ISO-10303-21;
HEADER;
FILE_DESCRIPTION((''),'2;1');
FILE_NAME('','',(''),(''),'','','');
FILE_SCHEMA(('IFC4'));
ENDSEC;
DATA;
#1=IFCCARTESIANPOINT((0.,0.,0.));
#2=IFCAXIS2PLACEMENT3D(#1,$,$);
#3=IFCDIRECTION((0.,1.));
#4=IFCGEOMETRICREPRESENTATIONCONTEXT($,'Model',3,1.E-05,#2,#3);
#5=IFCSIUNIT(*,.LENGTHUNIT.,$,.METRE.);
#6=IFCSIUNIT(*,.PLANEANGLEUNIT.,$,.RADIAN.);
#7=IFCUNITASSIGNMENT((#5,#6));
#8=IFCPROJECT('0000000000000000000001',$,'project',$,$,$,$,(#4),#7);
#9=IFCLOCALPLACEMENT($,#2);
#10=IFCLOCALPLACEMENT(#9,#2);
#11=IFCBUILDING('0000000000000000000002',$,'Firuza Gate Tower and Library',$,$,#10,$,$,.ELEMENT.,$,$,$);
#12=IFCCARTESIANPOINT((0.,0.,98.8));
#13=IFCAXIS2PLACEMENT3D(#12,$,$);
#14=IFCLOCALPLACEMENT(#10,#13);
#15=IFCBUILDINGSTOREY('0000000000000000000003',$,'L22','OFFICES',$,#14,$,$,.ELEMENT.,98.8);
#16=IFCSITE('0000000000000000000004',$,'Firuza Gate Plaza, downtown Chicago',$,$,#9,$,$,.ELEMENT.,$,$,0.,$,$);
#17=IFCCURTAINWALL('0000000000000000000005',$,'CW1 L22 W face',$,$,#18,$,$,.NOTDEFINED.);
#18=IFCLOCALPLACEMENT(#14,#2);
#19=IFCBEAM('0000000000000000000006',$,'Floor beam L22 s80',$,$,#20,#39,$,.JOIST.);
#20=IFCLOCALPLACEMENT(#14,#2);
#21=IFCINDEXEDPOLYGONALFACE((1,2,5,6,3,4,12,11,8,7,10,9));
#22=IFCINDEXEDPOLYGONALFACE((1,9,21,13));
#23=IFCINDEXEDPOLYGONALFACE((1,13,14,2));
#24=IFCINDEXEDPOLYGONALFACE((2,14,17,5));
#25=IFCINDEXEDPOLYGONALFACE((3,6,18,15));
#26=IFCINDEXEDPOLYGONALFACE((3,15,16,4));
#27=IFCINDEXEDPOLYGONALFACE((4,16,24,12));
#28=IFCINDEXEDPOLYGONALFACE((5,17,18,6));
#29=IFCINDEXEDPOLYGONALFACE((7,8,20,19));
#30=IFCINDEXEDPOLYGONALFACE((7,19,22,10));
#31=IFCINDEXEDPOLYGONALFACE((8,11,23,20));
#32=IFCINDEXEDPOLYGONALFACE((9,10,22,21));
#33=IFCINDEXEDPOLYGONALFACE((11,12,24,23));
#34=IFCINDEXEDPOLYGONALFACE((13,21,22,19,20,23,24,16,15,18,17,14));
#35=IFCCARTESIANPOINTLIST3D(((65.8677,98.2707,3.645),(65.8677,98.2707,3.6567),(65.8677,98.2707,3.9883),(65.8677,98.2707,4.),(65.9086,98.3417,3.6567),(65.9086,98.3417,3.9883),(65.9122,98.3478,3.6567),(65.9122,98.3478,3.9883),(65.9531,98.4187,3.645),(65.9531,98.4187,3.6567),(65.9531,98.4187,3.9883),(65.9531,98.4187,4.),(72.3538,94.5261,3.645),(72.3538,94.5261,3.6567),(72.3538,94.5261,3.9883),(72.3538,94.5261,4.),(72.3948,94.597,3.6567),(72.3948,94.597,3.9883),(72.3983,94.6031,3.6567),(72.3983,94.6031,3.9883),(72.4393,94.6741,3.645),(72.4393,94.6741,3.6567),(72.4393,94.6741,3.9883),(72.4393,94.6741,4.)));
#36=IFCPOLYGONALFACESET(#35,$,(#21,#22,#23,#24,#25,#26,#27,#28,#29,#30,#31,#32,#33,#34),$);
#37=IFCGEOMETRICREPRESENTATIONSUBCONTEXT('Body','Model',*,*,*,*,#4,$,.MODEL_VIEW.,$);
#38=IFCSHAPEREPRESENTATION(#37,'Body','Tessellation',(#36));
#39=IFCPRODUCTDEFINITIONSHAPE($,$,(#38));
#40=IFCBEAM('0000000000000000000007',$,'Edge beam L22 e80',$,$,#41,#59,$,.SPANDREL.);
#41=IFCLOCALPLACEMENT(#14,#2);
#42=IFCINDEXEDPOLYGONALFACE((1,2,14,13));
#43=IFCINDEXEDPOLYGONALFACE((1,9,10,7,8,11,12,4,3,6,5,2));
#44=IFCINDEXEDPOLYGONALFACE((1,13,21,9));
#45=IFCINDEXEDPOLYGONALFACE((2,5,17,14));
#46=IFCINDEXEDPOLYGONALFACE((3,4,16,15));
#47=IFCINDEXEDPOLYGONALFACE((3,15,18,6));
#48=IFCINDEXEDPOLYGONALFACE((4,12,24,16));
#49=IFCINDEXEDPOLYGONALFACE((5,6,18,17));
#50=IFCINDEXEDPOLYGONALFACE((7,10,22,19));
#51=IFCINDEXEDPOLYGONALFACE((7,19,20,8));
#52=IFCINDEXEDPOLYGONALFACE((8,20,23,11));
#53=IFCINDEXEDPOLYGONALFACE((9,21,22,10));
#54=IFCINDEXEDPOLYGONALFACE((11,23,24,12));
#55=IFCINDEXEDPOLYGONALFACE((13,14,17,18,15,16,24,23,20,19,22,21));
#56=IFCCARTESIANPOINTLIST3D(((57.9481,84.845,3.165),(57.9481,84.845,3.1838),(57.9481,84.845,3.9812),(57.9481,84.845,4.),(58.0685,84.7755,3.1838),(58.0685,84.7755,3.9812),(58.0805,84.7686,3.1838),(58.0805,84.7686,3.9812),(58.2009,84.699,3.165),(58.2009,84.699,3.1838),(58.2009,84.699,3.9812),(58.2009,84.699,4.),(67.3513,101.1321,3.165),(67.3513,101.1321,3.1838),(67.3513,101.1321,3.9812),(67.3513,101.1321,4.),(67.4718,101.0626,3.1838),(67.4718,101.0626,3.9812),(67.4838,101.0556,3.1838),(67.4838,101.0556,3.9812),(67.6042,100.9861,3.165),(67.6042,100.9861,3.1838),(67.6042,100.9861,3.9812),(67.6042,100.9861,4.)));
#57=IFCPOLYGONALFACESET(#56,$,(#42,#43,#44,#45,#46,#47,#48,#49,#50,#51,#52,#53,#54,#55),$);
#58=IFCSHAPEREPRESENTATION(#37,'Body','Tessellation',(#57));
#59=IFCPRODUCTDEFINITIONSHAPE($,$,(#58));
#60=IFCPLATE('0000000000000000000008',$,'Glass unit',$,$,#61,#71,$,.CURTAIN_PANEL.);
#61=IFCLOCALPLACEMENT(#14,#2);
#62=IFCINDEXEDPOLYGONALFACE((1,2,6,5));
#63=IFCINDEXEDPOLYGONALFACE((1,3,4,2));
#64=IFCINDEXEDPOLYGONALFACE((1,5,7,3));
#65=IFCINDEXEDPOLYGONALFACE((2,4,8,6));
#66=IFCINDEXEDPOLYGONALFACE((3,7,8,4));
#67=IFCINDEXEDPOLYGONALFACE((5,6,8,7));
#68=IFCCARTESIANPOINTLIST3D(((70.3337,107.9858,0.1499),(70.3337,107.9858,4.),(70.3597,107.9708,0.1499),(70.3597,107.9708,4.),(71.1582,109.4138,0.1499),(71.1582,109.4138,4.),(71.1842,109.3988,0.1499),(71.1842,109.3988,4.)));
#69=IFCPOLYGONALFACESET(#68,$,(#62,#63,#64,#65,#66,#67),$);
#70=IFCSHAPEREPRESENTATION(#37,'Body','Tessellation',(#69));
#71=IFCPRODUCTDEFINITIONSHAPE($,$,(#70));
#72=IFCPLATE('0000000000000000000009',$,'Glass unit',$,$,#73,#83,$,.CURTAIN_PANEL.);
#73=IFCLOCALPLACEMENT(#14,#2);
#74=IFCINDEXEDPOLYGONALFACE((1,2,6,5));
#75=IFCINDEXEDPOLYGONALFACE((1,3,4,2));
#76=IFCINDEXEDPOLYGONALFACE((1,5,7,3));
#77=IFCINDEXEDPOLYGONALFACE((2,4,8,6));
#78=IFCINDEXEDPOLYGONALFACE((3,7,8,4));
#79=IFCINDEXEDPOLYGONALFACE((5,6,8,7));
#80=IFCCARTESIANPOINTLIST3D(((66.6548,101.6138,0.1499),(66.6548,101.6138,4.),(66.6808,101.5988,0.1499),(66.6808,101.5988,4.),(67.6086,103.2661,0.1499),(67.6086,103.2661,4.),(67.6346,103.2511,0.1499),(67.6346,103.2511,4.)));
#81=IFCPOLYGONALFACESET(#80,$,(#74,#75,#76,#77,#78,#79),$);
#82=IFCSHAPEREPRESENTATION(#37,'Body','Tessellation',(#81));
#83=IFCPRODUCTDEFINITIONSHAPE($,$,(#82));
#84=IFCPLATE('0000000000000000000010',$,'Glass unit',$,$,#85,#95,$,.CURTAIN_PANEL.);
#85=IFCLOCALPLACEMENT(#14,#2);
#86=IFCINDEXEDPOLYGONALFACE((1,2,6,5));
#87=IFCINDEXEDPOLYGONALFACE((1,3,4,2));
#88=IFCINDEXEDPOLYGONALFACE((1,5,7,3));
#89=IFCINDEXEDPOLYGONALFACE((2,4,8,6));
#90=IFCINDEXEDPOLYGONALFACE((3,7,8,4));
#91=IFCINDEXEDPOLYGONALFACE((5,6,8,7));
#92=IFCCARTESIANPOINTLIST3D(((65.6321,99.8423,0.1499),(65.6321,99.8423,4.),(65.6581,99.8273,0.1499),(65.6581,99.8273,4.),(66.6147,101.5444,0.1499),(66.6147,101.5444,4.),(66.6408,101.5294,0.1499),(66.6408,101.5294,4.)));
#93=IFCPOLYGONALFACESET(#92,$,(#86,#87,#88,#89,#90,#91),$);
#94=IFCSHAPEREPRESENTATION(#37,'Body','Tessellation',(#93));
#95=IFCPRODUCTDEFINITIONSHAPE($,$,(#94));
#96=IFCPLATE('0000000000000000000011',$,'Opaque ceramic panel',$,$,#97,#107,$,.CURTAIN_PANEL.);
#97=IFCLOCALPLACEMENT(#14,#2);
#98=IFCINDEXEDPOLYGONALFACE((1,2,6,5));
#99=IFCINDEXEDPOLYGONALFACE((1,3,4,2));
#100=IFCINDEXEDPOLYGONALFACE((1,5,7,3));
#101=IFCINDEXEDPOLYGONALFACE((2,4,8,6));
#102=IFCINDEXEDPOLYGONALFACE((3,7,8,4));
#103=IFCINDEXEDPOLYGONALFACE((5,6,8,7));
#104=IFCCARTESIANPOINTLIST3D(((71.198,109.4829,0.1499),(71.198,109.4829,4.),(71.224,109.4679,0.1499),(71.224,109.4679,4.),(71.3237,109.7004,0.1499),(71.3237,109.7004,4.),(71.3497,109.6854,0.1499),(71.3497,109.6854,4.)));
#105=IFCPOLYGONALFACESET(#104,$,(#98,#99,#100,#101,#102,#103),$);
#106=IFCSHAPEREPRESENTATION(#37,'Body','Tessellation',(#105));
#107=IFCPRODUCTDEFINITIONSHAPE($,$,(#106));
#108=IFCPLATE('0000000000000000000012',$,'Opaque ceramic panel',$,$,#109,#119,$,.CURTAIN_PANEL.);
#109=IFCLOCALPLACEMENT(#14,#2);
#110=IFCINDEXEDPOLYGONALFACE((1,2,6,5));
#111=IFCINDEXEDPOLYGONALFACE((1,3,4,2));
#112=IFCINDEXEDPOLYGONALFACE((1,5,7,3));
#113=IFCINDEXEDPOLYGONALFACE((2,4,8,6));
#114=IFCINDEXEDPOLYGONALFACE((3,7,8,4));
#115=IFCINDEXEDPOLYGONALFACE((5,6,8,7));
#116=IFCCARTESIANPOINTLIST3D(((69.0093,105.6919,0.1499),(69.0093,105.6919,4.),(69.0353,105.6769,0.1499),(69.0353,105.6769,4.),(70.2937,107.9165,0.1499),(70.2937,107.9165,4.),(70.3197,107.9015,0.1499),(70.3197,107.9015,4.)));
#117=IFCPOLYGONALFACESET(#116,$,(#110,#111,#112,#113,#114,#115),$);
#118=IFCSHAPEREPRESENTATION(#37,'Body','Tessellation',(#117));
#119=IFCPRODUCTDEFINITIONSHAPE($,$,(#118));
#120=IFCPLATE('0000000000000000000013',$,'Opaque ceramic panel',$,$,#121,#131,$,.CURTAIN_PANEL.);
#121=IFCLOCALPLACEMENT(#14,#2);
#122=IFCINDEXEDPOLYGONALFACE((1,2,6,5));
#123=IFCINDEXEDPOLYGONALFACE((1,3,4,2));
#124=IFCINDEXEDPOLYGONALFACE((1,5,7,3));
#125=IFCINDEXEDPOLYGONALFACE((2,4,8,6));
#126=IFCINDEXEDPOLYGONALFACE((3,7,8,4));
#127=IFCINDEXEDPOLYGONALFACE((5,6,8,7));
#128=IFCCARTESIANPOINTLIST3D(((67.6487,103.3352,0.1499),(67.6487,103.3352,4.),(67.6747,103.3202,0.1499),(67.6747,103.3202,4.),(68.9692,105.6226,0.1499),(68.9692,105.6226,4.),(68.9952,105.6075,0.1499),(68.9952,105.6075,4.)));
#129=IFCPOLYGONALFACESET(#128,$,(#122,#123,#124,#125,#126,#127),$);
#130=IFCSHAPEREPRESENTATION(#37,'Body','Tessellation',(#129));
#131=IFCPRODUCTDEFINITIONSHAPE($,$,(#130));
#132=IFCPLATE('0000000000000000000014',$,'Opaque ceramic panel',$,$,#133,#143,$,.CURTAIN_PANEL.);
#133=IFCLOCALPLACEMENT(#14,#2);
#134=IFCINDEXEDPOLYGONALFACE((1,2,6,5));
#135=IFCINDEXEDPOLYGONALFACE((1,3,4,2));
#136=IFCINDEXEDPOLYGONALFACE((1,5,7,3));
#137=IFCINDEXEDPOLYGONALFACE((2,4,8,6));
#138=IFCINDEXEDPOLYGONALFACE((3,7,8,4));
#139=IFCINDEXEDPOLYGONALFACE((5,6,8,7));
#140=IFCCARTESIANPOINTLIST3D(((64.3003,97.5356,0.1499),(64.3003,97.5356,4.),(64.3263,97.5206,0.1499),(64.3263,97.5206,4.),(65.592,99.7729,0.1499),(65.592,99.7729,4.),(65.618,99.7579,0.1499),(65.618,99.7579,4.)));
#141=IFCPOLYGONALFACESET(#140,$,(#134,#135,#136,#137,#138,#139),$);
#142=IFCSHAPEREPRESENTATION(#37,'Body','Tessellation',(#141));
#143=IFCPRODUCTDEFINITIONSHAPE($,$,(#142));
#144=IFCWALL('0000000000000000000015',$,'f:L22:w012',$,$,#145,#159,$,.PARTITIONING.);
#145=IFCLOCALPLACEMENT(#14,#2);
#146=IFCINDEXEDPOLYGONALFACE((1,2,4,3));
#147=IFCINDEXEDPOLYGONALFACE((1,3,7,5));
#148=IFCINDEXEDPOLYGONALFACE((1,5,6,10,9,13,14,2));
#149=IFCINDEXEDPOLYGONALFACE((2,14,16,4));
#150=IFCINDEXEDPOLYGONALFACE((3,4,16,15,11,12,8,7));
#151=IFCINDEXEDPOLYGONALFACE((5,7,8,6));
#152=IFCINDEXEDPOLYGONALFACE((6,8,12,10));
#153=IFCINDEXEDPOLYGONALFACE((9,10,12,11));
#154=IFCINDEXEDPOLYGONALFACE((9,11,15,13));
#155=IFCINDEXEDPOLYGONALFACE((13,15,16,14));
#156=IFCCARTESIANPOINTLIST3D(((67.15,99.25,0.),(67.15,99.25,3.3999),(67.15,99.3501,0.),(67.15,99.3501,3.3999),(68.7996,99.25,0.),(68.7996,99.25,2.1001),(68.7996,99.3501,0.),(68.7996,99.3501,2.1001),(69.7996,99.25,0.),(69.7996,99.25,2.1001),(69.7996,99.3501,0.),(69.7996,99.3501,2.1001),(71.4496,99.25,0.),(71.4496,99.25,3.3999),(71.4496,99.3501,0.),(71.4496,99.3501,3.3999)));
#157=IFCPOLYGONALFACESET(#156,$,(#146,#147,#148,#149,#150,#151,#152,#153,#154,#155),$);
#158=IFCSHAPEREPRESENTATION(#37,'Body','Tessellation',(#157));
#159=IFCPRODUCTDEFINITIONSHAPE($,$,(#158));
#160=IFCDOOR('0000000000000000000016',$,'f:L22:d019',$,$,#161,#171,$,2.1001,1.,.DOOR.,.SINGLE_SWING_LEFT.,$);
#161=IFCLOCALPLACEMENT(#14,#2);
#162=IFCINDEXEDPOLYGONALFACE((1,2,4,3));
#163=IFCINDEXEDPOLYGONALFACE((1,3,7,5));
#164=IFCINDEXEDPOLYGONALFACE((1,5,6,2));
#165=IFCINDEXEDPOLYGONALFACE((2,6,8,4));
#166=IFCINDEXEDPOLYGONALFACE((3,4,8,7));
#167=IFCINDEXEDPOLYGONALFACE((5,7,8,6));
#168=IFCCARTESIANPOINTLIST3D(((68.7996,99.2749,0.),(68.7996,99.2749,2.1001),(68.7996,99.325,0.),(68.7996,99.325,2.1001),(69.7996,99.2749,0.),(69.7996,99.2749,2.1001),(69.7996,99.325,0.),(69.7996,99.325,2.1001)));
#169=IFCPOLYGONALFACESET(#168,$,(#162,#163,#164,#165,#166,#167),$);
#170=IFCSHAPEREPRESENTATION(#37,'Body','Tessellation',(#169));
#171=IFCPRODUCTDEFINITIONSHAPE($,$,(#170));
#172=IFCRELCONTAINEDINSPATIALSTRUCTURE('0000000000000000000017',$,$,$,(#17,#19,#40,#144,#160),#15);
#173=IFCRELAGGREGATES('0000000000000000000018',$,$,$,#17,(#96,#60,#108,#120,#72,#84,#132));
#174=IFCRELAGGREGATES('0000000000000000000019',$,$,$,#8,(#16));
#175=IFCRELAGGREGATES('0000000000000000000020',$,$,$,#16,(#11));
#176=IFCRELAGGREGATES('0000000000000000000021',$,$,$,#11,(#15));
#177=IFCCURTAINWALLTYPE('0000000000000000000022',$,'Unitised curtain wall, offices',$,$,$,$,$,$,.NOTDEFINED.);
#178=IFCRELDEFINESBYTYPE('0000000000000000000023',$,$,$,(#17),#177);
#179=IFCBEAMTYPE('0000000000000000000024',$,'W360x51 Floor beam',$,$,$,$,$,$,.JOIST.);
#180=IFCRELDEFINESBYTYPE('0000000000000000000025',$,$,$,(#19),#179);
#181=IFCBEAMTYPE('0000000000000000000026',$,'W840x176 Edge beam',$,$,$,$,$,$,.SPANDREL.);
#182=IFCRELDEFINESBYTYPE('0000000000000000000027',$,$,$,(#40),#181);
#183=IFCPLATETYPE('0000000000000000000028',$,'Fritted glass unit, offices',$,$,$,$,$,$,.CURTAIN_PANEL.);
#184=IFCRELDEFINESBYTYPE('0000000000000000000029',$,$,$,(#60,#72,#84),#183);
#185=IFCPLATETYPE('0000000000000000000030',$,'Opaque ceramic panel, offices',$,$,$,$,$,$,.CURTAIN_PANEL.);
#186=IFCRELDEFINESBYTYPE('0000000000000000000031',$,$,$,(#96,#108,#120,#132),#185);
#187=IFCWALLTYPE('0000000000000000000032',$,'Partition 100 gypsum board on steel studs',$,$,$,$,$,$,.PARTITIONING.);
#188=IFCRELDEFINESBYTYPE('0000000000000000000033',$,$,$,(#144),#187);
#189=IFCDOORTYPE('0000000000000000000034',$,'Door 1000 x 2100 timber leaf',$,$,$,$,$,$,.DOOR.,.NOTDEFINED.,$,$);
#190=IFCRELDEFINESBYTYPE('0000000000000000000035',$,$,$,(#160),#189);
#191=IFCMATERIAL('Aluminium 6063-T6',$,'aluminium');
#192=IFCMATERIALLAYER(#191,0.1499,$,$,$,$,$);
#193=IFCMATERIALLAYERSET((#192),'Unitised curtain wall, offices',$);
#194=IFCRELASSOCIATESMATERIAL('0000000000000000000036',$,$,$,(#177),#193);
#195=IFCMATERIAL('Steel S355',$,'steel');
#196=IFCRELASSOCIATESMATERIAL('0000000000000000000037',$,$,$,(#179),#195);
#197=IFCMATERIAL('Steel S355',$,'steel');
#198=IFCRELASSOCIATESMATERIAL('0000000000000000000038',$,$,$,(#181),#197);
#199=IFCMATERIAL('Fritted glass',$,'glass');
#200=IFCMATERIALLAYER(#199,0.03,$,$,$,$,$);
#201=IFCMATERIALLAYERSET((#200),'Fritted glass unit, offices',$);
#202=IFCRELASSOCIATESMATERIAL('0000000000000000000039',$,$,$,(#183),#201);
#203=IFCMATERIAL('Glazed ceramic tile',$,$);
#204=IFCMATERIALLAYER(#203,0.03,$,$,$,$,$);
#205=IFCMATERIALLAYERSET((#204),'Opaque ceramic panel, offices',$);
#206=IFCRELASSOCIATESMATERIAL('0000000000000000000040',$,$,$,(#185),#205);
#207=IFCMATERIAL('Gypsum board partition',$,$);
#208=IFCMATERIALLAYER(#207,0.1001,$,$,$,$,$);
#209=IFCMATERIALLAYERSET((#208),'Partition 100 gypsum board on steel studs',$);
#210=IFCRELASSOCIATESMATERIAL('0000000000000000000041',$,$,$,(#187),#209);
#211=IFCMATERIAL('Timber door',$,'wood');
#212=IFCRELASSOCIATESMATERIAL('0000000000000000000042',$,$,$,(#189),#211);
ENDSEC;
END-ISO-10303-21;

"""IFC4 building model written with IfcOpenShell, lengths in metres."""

from ifc_helpers import new_model, si_unit, direction, frame, frame_2d, origin, origin_2d, place, context, subcontext, project, spatial, polyline, rectangle, i_section, outline, extrude, material, layer, layer_set, material_profile, profile_set, type_object, element, fill, aggregate, save


model = new_model("IFC4")

# Units and contexts
model_context = context("Model", 3, precision=1e-05, world=origin(), true_north=direction((0.0, 1.0)))
body_context = subcontext(model_context, "Body", "Model", "MODEL_VIEW")
ifc_project = project(units=[si_unit("LENGTHUNIT", "METRE"), si_unit("PLANEANGLEUNIT", "RADIAN")], contexts=[model_context])

# Site, building, storey
site_placement = place(None, origin())
site = spatial("IfcSite", under=ifc_project, at=site_placement, Name="Firuza Gate Plaza, downtown Chicago", CompositionType="ELEMENT", RefElevation=0.0)
building_placement = place(site_placement, origin())
building = spatial("IfcBuilding", under=site, at=building_placement, Name="Firuza Gate Tower and Library", CompositionType="ELEMENT")
storey_placement = place(building_placement, frame((0.0, 0.0, 98.8)))
storey = spatial("IfcBuildingStorey", under=building, at=storey_placement, Name="L22", Description="OFFICES", CompositionType="ELEMENT", Elevation=98.8)

# Curtain wall
ifc_material_1 = material(Name="Aluminium 6063-T6", Category="aluminium")
ifc_layer_1 = layer(ifc_material_1, 0.1499)
ifc_layer_set_1 = layer_set([ifc_layer_1], Name="Unitised curtain wall, offices")
curtain_wall_type = type_object("IfcCurtainWallType", Name="Unitised curtain wall, offices", PredefinedType="NOTDEFINED", material=ifc_layer_set_1)
curtain_wall_placement = place(storey_placement, origin())
curtain_wall = element("IfcCurtainWall", 1, at=curtain_wall_placement, inside=storey, type_object=curtain_wall_type, Name="CW1 L22 W face", PredefinedType="NOTDEFINED")

# Beams
ifc_material_2 = material(Name="Steel S355", Category="steel")
ifc_material_profile_1 = material_profile(ifc_material_2, i_section(OverallWidth=0.1709, OverallDepth=0.355, WebThickness=0.0071, FlangeThickness=0.0117, at=origin_2d()))
ifc_profile_set_1 = profile_set([ifc_material_profile_1], Name="Steel S355")
beam_type_1 = type_object("IfcBeamType", Name="W360x51 Floor beam", PredefinedType="JOIST", material=ifc_profile_set_1)
beam_1_placement = place(storey_placement, frame((65.9104, 98.3447, 3.8225), z_axis=(0.866032, -0.499989, 0.0), x_axis=(0.499989, 0.866032, 0.0)))
element("IfcBeam", 2, at=beam_1_placement, inside=storey, type_object=beam_type_1, Name="Floor beam L22 s80", PredefinedType="JOIST", context=body_context, shape_type="SweptSolid", body=[
    extrude(i_section(OverallWidth=0.1709, OverallDepth=0.355, WebThickness=0.0071, FlangeThickness=0.0117, at=origin_2d()), origin(), (0.0, 0.0, 1.0), 7.4895),
])
ifc_material_3 = material(Name="Steel S355", Category="steel")
ifc_material_profile_2 = material_profile(ifc_material_3, i_section(OverallWidth=0.292, OverallDepth=0.835, WebThickness=0.0139, FlangeThickness=0.0188, at=origin_2d()))
ifc_profile_set_2 = profile_set([ifc_material_profile_2], Name="Steel S355")
beam_type_2 = type_object("IfcBeamType", Name="W840x176 Edge beam", PredefinedType="SPANDREL", material=ifc_profile_set_2)
beam_2_placement = place(storey_placement, frame((67.4778, 101.0591, 3.5825), z_axis=(-0.499998, -0.866026, 0.0), x_axis=(0.866026, -0.499998, 0.0)))
element("IfcBeam", 3, at=beam_2_placement, inside=storey, type_object=beam_type_2, Name="Edge beam L22 e80", PredefinedType="SPANDREL", context=body_context, shape_type="SweptSolid", body=[
    extrude(i_section(OverallWidth=0.292, OverallDepth=0.835, WebThickness=0.0139, FlangeThickness=0.0188, at=origin_2d()), origin(), (0.0, 0.0, 1.0), 18.8066),
])

# Plates
ifc_material_4 = material(Name="Fritted glass", Category="glass")
ifc_layer_2 = layer(ifc_material_4, 0.03)
ifc_layer_set_2 = layer_set([ifc_layer_2], Name="Fritted glass unit, offices")
plate_type_1 = type_object("IfcPlateType", Name="Fritted glass unit, offices", PredefinedType="CURTAIN_PANEL", material=ifc_layer_set_2)
plate_1_placement = place(storey_placement, frame((71.1582, 109.4138, 0.1499), z_axis=(-0.86602, 0.500009, 0.0), x_axis=(-0.500009, -0.86602, 0.0)))
plate_1 = element("IfcPlate", 4, at=plate_1_placement, type_object=plate_type_1, Name="Glass unit", PredefinedType="CURTAIN_PANEL", context=body_context, shape_type="SweptSolid", body=[
    extrude(outline(polyline([(0.0, 0.0), (1.6489, 0.0), (1.6489, 3.8501), (0.0, 3.8501), (0.0, 0.0)])), origin(), (0.0, 0.0, -1.0), 0.03),
])
plate_2_placement = place(storey_placement, frame((67.6086, 103.2661, 0.1499), z_axis=(-0.866053, 0.499951, 0.0), x_axis=(-0.499951, -0.866053, 0.0)))
plate_2 = element("IfcPlate", 5, at=plate_2_placement, type_object=plate_type_1, Name="Glass unit", PredefinedType="CURTAIN_PANEL", context=body_context, shape_type="SweptSolid", body=[
    extrude(outline(polyline([(0.0, 0.0), (1.9079, 0.0), (1.9079, 3.8501), (0.0, 3.8501), (0.0, 0.0)])), origin(), (0.0, 0.0, -1.0), 0.03),
])
plate_3_placement = place(storey_placement, frame((66.6147, 101.5444, 0.1499), z_axis=(-0.866041, 0.499973, 0.0), x_axis=(-0.499973, -0.866041, 0.0)))
plate_3 = element("IfcPlate", 6, at=plate_3_placement, type_object=plate_type_1, Name="Glass unit", PredefinedType="CURTAIN_PANEL", context=body_context, shape_type="SweptSolid", body=[
    extrude(outline(polyline([(0.0, 0.0), (1.9654, 0.0), (1.9654, 3.8501), (0.0, 3.8501), (0.0, 0.0)])), origin(), (0.0, 0.0, -1.0), 0.03),
])
ifc_material_5 = material(Name="Glazed ceramic tile")
ifc_layer_3 = layer(ifc_material_5, 0.03)
ifc_layer_set_3 = layer_set([ifc_layer_3], Name="Opaque ceramic panel, offices")
plate_type_2 = type_object("IfcPlateType", Name="Opaque ceramic panel, offices", PredefinedType="CURTAIN_PANEL", material=ifc_layer_set_3)
plate_4_placement = place(storey_placement, frame((71.3237, 109.7004, 0.1499), z_axis=(-0.865781, 0.500423, 0.0), x_axis=(-0.500423, -0.865781, 0.0)))
plate_4 = element("IfcPlate", 7, at=plate_4_placement, type_object=plate_type_2, Name="Opaque ceramic panel", PredefinedType="CURTAIN_PANEL", context=body_context, shape_type="SweptSolid", body=[
    extrude(outline(polyline([(0.0, 0.0), (0.2513, 0.0), (0.2513, 3.8501), (0.0, 3.8501), (0.0, 0.0)])), origin(), (0.0, 0.0, -1.0), 0.03),
])
plate_5_placement = place(storey_placement, frame((70.2937, 107.9165, 0.1499), z_axis=(-0.866018, 0.500013, 0.0), x_axis=(-0.500013, -0.866018, 0.0)))
plate_5 = element("IfcPlate", 8, at=plate_5_placement, type_object=plate_type_2, Name="Opaque ceramic panel", PredefinedType="CURTAIN_PANEL", context=body_context, shape_type="SweptSolid", body=[
    extrude(outline(polyline([(0.0, 0.0), (2.5688, 0.0), (2.5688, 3.8501), (0.0, 3.8501), (0.0, 0.0)])), origin(), (0.0, 0.0, -1.0), 0.03),
])
plate_6_placement = place(storey_placement, frame((68.9692, 105.6226, 0.1499), z_axis=(-0.866033, 0.499987, 0.0), x_axis=(-0.499987, -0.866033, 0.0)))
plate_6 = element("IfcPlate", 9, at=plate_6_placement, type_object=plate_type_2, Name="Opaque ceramic panel", PredefinedType="CURTAIN_PANEL", context=body_context, shape_type="SweptSolid", body=[
    extrude(outline(polyline([(0.0, 0.0), (2.6412, 0.0), (2.6412, 3.8501), (0.0, 3.8501), (0.0, 0.0)])), origin(), (0.0, 0.0, -1.0), 0.03),
])
plate_7_placement = place(storey_placement, frame((65.592, 99.7729, 0.1499), z_axis=(-0.866019, 0.500011, 0.0), x_axis=(-0.500011, -0.866019, 0.0)))
plate_7 = element("IfcPlate", 10, at=plate_7_placement, type_object=plate_type_2, Name="Opaque ceramic panel", PredefinedType="CURTAIN_PANEL", context=body_context, shape_type="SweptSolid", body=[
    extrude(outline(polyline([(0.0, 0.0), (2.5834, 0.0), (2.5834, 3.8501), (0.0, 3.8501), (0.0, 0.0)])), origin(), (0.0, 0.0, -1.0), 0.03),
])
aggregate(curtain_wall, [plate_4, plate_1, plate_5, plate_6, plate_2, plate_3, plate_7])

# Wall, opening, door
ifc_material_6 = material(Name="Gypsum board partition")
ifc_layer_4 = layer(ifc_material_6, 0.1001)
ifc_layer_set_4 = layer_set([ifc_layer_4], Name="Partition 100 gypsum board on steel studs")
wall_type = type_object("IfcWallType", Name="Partition 100 gypsum board on steel studs", PredefinedType="PARTITIONING", material=ifc_layer_set_4)
wall_1_placement = place(storey_placement, frame((67.1499, 99.3, 0.0), z_axis=(0.0, 0.0, 1.0), x_axis=(1.0, 0.0, 0.0)))
wall_1 = element("IfcWall", 11, at=wall_1_placement, inside=storey, type_object=wall_type, Name="f:L22:w012", PredefinedType="PARTITIONING", context=body_context, shape_type="SweptSolid", body=[
    extrude(rectangle(XDim=4.2996, YDim=0.1001, at=frame_2d((2.1499, 0.0))), origin(), (0.0, 0.0, 1.0), 3.3999),
])
opening_placement = place(wall_1_placement, frame((1.6497, 0.0, 0.0)))
opening = element("IfcOpeningElement", 12, at=opening_placement, cuts=wall_1, PredefinedType="OPENING", context=body_context, shape_type="SweptSolid", body=[
    extrude(rectangle(XDim=1.0, YDim=2.1001, at=frame_2d((0.5, 1.05))), frame((0.0, 0.0601, 0.0), z_axis=(0.0, -1.0, 0.0), x_axis=(1.0, 0.0, 0.0)), (0.0, 0.0, 1.0), 0.1201),
])
ifc_material_7 = material(Name="Timber door", Category="wood")
door_type = type_object("IfcDoorType", Name="Door 1000 x 2100 timber leaf", OperationType="NOTDEFINED", PredefinedType="DOOR", material=ifc_material_7)
door_placement = place(opening_placement, origin())
door = element("IfcDoor", 13, at=door_placement, inside=storey, type_object=door_type, Name="f:L22:d019", OperationType="SINGLE_SWING_LEFT", OverallHeight=2.1001, OverallWidth=1.0, PredefinedType="DOOR", context=body_context, shape_type="SweptSolid", body=[
    extrude(rectangle(XDim=1.0, YDim=2.1001, at=frame_2d((0.5, 1.05))), frame((0.0, 0.0249, 0.0), z_axis=(0.0, -1.0, 0.0), x_axis=(1.0, 0.0, 0.0)), (0.0, 0.0, 1.0), 0.05),
])
fill(opening, door)

save(model, "model.ifc")
